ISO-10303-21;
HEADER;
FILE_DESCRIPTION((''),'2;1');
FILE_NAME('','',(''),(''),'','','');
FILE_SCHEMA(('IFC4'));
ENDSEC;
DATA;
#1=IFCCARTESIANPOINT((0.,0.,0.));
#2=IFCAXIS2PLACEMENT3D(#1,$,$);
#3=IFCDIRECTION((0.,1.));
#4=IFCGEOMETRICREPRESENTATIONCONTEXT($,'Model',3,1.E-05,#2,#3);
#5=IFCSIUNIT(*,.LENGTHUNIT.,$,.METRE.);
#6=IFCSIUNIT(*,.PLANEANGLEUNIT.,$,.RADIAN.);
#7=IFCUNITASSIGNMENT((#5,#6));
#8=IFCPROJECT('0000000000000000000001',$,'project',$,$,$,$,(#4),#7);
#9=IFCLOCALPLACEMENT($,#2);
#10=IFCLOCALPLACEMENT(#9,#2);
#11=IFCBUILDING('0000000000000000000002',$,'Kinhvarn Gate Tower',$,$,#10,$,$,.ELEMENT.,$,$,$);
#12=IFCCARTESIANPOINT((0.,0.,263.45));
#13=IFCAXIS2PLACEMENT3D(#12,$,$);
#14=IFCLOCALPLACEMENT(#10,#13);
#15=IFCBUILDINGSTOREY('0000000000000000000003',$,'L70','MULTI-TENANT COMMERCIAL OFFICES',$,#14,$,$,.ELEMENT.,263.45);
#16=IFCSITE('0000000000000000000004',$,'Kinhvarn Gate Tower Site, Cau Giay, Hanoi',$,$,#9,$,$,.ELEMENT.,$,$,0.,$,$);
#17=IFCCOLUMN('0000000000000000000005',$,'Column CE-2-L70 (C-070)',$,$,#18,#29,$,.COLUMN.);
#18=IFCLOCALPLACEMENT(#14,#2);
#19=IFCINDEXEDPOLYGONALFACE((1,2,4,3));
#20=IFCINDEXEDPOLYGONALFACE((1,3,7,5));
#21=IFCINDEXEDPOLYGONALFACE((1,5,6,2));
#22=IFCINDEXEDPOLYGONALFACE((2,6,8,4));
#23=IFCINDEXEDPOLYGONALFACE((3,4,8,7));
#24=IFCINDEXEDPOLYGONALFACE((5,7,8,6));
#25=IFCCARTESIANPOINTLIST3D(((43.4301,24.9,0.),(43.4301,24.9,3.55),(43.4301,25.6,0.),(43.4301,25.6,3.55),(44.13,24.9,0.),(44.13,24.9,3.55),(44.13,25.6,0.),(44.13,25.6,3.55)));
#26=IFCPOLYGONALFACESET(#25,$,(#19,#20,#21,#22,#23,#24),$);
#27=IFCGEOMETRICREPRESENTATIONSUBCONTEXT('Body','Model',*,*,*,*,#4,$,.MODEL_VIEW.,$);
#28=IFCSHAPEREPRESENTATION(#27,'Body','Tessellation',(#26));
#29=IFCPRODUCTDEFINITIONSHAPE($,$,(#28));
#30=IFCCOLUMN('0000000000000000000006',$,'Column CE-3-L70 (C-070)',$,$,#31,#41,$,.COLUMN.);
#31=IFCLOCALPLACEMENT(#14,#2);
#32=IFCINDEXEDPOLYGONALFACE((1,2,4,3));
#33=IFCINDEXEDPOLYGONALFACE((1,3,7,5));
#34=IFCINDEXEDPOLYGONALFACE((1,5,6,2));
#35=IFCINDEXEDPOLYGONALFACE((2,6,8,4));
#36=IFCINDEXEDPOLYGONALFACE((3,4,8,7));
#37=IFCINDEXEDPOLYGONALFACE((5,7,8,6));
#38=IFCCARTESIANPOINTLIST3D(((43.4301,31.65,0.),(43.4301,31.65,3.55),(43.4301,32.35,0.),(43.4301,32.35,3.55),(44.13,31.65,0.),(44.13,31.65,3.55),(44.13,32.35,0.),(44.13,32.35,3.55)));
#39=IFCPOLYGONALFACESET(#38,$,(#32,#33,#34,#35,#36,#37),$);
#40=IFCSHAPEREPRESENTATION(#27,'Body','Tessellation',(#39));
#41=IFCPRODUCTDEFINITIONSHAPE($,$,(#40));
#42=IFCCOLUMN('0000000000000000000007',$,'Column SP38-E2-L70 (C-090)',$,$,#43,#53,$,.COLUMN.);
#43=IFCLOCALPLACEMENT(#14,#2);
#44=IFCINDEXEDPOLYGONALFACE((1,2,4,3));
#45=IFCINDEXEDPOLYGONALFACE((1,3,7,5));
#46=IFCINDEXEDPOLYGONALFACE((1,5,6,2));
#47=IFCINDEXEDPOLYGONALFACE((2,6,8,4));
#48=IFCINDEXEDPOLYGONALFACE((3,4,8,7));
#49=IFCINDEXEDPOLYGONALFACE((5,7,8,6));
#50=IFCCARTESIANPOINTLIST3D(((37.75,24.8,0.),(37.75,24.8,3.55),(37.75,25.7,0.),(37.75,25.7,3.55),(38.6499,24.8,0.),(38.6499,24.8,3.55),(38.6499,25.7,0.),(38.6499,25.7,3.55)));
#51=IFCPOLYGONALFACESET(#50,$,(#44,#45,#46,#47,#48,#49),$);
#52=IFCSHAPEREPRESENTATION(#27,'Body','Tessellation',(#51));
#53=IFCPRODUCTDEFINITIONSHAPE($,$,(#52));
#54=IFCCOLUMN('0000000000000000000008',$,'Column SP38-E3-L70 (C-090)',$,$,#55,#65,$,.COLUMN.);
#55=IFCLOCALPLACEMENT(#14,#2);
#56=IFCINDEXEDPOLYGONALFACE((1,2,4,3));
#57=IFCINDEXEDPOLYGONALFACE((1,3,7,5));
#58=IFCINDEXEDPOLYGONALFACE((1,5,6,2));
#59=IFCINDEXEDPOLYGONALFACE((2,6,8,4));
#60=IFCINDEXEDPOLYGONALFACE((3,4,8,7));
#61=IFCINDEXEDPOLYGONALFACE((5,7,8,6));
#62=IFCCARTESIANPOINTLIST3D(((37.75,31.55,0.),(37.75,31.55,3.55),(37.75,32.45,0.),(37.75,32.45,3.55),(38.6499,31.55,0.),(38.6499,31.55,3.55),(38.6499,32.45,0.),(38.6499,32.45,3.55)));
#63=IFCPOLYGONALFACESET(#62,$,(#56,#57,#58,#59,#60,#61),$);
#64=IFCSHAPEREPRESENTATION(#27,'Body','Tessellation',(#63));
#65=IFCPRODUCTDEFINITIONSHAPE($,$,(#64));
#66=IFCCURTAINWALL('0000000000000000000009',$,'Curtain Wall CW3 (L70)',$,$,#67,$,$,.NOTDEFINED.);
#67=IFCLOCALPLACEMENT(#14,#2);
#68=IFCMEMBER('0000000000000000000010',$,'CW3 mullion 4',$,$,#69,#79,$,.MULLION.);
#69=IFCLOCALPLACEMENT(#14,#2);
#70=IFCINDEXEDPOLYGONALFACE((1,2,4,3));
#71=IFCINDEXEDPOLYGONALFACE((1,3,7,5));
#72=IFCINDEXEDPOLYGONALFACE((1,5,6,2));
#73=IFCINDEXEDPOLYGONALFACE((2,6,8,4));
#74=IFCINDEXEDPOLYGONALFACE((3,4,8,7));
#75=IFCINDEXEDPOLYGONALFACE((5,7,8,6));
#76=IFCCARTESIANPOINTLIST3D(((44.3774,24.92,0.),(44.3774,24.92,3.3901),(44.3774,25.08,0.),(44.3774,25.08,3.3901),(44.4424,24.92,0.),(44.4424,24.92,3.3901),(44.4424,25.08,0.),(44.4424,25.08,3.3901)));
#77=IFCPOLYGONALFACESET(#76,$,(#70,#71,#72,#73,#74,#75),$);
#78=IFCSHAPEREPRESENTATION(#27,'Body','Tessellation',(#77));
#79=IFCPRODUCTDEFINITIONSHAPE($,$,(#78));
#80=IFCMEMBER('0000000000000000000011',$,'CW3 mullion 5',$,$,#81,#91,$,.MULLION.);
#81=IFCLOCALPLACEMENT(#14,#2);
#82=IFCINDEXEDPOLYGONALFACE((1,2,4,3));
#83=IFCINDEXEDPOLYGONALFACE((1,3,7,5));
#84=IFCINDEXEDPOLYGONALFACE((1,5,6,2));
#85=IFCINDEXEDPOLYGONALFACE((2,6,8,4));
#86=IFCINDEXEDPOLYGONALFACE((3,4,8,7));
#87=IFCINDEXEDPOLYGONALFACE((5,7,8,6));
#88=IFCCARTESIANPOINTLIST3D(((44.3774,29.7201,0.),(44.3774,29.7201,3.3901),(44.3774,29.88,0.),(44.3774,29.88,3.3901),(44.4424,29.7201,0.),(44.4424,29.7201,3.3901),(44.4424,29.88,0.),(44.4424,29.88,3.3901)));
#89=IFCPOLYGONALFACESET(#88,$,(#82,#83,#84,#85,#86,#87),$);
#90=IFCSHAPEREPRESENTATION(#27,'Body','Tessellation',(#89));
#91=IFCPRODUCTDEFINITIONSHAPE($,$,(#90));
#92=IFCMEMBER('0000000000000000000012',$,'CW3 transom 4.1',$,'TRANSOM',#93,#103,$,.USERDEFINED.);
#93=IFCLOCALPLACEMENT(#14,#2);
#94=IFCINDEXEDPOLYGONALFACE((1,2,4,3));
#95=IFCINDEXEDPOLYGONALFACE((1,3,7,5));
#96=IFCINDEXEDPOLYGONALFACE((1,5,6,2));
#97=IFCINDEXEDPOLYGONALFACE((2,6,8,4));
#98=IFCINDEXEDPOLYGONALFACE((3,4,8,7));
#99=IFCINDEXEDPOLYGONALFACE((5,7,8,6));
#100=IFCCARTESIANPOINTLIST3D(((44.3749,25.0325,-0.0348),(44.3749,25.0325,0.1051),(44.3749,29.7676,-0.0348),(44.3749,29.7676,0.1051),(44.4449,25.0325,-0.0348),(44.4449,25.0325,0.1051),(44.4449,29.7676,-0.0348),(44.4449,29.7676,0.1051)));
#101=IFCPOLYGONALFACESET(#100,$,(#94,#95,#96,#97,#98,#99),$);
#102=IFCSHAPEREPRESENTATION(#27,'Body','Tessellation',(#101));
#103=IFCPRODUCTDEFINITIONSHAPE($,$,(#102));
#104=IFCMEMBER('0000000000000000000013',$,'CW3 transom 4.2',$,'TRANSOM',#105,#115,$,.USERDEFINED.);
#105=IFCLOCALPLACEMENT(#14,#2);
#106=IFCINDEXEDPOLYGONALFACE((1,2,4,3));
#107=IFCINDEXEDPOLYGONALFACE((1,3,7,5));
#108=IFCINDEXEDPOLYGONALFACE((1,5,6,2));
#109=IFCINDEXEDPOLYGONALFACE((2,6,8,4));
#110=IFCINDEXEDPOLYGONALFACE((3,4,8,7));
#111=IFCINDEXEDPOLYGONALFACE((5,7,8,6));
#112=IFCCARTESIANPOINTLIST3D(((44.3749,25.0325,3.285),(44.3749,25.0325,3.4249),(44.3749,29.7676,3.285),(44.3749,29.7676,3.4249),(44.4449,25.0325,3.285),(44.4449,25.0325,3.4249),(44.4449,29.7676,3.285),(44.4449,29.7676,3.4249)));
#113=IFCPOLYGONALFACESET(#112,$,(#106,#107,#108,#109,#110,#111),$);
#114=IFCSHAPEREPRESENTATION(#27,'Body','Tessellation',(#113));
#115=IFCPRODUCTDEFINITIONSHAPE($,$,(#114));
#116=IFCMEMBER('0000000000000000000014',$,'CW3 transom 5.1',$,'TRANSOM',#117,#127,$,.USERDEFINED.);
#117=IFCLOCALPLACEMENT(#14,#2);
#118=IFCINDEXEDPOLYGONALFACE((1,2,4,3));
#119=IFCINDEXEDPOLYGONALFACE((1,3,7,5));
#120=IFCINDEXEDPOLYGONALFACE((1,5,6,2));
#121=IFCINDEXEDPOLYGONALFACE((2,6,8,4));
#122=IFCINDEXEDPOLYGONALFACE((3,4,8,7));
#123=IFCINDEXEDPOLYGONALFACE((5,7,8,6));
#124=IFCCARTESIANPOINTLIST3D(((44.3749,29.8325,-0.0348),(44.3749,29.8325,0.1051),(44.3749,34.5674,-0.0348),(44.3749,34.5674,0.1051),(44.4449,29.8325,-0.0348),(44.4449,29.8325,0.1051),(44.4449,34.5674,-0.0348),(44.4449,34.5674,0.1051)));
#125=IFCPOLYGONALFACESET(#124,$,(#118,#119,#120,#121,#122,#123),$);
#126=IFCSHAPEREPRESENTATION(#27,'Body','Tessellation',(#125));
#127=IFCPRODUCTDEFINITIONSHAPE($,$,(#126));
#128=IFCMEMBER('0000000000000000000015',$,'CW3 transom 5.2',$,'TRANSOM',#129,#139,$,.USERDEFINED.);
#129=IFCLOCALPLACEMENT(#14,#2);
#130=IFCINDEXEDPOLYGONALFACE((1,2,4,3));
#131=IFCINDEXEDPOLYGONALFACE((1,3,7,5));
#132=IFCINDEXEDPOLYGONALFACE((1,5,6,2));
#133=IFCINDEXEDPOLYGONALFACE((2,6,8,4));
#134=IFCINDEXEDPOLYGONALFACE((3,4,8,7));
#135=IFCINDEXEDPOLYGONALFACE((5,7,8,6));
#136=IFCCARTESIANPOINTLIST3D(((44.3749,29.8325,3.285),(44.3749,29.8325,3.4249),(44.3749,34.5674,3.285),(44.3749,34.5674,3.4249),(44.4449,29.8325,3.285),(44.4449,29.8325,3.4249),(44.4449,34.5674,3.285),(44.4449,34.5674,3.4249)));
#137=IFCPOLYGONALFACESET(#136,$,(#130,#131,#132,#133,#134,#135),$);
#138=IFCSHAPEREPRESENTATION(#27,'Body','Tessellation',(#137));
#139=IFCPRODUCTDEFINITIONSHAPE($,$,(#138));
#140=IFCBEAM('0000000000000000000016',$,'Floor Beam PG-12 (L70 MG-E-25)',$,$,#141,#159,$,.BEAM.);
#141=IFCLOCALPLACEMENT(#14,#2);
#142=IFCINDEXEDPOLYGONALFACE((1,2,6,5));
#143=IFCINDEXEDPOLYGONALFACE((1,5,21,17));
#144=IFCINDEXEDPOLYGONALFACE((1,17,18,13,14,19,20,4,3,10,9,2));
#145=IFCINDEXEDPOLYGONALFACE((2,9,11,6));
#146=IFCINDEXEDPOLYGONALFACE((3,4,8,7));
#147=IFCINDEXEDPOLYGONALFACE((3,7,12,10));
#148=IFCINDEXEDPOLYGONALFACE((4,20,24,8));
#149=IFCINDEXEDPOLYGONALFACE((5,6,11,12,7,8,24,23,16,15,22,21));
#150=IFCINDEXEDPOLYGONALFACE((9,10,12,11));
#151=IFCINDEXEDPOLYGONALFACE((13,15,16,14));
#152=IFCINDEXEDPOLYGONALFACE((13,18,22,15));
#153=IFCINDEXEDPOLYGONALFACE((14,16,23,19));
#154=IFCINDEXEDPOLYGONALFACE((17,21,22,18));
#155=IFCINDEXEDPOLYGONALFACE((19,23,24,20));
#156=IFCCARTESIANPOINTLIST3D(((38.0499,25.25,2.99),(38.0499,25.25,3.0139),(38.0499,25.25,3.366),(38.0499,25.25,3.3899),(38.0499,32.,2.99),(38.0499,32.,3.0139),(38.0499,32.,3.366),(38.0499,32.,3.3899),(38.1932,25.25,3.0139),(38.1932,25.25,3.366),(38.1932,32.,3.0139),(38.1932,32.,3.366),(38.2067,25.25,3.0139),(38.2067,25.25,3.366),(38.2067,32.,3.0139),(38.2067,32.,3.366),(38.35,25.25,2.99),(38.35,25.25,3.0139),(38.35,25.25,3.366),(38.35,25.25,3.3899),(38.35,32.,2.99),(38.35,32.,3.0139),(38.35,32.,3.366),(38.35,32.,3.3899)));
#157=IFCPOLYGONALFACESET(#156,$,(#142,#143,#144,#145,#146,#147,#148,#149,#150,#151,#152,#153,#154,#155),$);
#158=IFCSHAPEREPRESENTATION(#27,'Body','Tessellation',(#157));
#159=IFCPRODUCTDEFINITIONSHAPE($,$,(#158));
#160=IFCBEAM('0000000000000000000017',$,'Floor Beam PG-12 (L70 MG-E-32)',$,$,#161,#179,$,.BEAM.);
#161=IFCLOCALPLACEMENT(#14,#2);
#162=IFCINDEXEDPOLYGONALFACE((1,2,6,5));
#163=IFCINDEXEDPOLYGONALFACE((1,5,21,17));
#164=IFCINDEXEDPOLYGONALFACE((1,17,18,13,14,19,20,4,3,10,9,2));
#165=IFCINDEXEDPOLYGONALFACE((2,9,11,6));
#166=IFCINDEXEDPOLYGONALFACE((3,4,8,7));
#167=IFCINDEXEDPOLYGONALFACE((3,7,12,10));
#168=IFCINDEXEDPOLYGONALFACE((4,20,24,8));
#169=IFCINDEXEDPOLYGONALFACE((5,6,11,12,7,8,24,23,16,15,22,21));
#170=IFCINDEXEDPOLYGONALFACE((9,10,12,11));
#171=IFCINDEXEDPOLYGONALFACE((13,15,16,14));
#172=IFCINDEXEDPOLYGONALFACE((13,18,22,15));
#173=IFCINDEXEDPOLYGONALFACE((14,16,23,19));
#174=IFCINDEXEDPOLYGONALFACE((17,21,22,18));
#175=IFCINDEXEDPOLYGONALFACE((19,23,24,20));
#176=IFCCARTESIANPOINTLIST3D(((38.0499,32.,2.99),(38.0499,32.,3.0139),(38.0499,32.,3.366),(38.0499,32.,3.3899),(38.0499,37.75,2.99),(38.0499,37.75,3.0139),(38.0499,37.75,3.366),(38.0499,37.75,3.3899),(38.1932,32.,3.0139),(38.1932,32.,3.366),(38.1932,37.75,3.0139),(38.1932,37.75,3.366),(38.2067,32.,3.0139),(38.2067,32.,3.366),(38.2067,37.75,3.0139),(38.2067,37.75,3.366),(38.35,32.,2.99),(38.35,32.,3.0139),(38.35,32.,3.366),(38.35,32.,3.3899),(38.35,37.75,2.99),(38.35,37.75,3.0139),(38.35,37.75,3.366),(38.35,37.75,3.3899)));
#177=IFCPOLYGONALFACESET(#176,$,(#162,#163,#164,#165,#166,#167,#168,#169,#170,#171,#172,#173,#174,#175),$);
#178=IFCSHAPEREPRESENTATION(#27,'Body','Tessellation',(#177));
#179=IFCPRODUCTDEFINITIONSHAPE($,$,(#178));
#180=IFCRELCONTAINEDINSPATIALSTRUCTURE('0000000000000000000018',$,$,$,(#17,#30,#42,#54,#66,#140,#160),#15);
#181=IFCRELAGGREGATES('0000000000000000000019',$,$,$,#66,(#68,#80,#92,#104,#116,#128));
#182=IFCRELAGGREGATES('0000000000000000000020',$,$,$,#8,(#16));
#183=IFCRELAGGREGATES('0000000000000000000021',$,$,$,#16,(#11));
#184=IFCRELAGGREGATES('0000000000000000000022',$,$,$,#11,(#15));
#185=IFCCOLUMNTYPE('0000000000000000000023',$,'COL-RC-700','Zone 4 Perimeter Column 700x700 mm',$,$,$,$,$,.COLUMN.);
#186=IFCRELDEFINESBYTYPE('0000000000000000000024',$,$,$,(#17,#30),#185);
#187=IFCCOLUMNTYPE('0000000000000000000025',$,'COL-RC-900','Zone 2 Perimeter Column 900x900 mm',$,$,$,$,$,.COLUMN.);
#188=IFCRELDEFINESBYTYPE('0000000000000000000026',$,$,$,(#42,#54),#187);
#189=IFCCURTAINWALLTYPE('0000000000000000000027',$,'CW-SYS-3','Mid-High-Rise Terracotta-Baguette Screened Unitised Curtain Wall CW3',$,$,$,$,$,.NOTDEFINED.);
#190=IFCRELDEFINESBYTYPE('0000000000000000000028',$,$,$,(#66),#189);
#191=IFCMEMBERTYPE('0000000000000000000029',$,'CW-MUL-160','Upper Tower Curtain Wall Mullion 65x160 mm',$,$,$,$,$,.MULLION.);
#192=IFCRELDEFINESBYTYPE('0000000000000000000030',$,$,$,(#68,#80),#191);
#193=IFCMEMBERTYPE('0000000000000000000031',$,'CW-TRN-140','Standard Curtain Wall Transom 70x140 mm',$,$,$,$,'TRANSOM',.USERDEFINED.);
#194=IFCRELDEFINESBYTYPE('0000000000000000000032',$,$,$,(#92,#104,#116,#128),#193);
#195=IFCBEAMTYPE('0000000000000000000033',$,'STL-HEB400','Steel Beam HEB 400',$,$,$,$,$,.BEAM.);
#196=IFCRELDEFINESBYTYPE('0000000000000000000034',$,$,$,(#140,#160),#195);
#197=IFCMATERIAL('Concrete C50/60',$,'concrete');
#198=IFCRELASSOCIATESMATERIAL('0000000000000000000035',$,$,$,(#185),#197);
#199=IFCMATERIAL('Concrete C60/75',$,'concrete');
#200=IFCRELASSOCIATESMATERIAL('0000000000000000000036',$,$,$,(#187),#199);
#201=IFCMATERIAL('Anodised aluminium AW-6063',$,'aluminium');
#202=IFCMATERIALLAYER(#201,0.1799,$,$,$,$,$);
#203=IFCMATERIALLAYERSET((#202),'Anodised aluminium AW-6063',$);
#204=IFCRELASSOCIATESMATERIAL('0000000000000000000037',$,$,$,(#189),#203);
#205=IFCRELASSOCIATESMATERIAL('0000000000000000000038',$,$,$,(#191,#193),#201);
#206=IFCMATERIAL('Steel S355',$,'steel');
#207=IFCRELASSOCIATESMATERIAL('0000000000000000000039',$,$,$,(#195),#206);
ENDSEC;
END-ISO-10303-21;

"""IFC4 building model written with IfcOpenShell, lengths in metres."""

from ifc_helpers import new_model, si_unit, direction, frame, origin, origin_2d, place, context, subcontext, project, spatial, rectangle, i_section, extrude, material, layer, layer_set, material_profile, profile_set, type_object, element, aggregate, save


model = new_model("IFC4")

# Units and contexts
model_context = context("Model", 3, precision=1e-05, world=origin(), true_north=direction((0.0, 1.0)))
body_context = subcontext(model_context, "Body", "Model", "MODEL_VIEW")
ifc_project = project(units=[si_unit("LENGTHUNIT", "METRE"), si_unit("PLANEANGLEUNIT", "RADIAN")], contexts=[model_context])

# Site, building, storey
site_placement = place(None, origin())
site = spatial("IfcSite", under=ifc_project, at=site_placement, Name="Kinhvarn Gate Tower Site, Cau Giay, Hanoi", CompositionType="ELEMENT", RefElevation=0.0)
building_placement = place(site_placement, origin())
building = spatial("IfcBuilding", under=site, at=building_placement, Name="Kinhvarn Gate Tower", CompositionType="ELEMENT")
storey_placement = place(building_placement, frame((0.0, 0.0, 263.45)))
storey = spatial("IfcBuildingStorey", under=building, at=storey_placement, Name="L70", Description="MULTI-TENANT COMMERCIAL OFFICES", CompositionType="ELEMENT", Elevation=263.45)

# Columns
ifc_material_1 = material(Name="Concrete C50/60", Category="concrete")
ifc_material_profile_1 = material_profile(ifc_material_1, rectangle(XDim=0.7, YDim=0.7, at=origin_2d()), Name="RC 700x700")
ifc_profile_set_1 = profile_set([ifc_material_profile_1], Name="Concrete C50/60")
column_type_1 = type_object("IfcColumnType", Name="COL-RC-700", Description="Zone 4 Perimeter Column 700x700 mm", PredefinedType="COLUMN", material=ifc_profile_set_1)
for number, where, z_axis, x_axis, name in (
    (1, (43.78, 25.25, 0.0), (0.0, 0.0, 1.0), (1.0, 0.0, 0.0), "Column CE-2-L70 (C-070)"),
    (2, (43.78, 32.0, 0.0), (0.0, 0.0, 1.0), (1.0, 0.0, 0.0), "Column CE-3-L70 (C-070)"),
):
    element("IfcColumn", number, at=place(storey_placement, frame(where, z_axis=z_axis, x_axis=x_axis)), inside=storey, type_object=column_type_1, Name=name, PredefinedType="COLUMN", context=body_context, shape_type="SweptSolid", body=[
        extrude(rectangle(XDim=0.7, YDim=0.7, at=origin_2d()), origin(), (0.0, 0.0, 1.0), 3.55),
    ])
ifc_material_2 = material(Name="Concrete C60/75", Category="concrete")
ifc_material_profile_2 = material_profile(ifc_material_2, rectangle(XDim=0.8999, YDim=0.8999, at=origin_2d()), Name="RC 900x900")
ifc_profile_set_2 = profile_set([ifc_material_profile_2], Name="Concrete C60/75")
column_type_2 = type_object("IfcColumnType", Name="COL-RC-900", Description="Zone 2 Perimeter Column 900x900 mm", PredefinedType="COLUMN", material=ifc_profile_set_2)
for number, where, z_axis, x_axis, name in (
    (3, (38.2, 25.25, 0.0), (0.0, 0.0, 1.0), (1.0, 0.0, 0.0), "Column SP38-E2-L70 (C-090)"),
    (4, (38.2, 32.0, 0.0), (0.0, 0.0, 1.0), (1.0, 0.0, 0.0), "Column SP38-E3-L70 (C-090)"),
):
    element("IfcColumn", number, at=place(storey_placement, frame(where, z_axis=z_axis, x_axis=x_axis)), inside=storey, type_object=column_type_2, Name=name, PredefinedType="COLUMN", context=body_context, shape_type="SweptSolid", body=[
        extrude(rectangle(XDim=0.8999, YDim=0.8999, at=origin_2d()), origin(), (0.0, 0.0, 1.0), 3.55),
    ])

# Curtain wall, members
ifc_material_3 = material(Name="Anodised aluminium AW-6063", Category="aluminium")
ifc_layer_1 = layer(ifc_material_3, 0.1799)
ifc_layer_set_1 = layer_set([ifc_layer_1], Name="Anodised aluminium AW-6063")
curtain_wall_type = type_object("IfcCurtainWallType", Name="CW-SYS-3", Description="Mid-High-Rise Terracotta-Baguette Screened Unitised Curtain Wall CW3", PredefinedType="NOTDEFINED", material=ifc_layer_set_1)
curtain_wall_placement = place(storey_placement, origin())
curtain_wall = element("IfcCurtainWall", 5, at=curtain_wall_placement, inside=storey, type_object=curtain_wall_type, Name="Curtain Wall CW3 (L70)", PredefinedType="NOTDEFINED")
ifc_material_profile_3 = material_profile(ifc_material_3, rectangle(XDim=0.0649, YDim=0.1599, at=origin_2d()), Name="ALU 65x160")
ifc_profile_set_3 = profile_set([ifc_material_profile_3], Name="Anodised aluminium AW-6063")
member_type_1 = type_object("IfcMemberType", Name="CW-MUL-160", Description="Upper Tower Curtain Wall Mullion 65x160 mm", PredefinedType="MULLION", material=ifc_profile_set_3)
member_1_placement = place(storey_placement, frame((44.4099, 25.0, 0.0), z_axis=(0.0, 0.0, 1.0), x_axis=(-1.0, 0.0, 0.0)))
member_1 = element("IfcMember", 6, at=member_1_placement, type_object=member_type_1, Name="CW3 mullion 4", PredefinedType="MULLION", context=body_context, shape_type="SweptSolid", body=[
    extrude(rectangle(XDim=0.0649, YDim=0.1599, at=origin_2d()), origin(), (0.0, 0.0, 1.0), 3.3901),
])
member_2_placement = place(storey_placement, frame((44.4099, 29.8, 0.0), z_axis=(0.0, 0.0, 1.0), x_axis=(-1.0, 0.0, 0.0)))
member_2 = element("IfcMember", 7, at=member_2_placement, type_object=member_type_1, Name="CW3 mullion 5", PredefinedType="MULLION", context=body_context, shape_type="SweptSolid", body=[
    extrude(rectangle(XDim=0.0649, YDim=0.1599, at=origin_2d()), origin(), (0.0, 0.0, 1.0), 3.3901),
])
ifc_material_profile_4 = material_profile(ifc_material_3, rectangle(XDim=0.0701, YDim=0.1399, at=origin_2d()), Name="ALU 70x140")
ifc_profile_set_4 = profile_set([ifc_material_profile_4], Name="Anodised aluminium AW-6063")
member_type_2 = type_object("IfcMemberType", Name="CW-TRN-140", Description="Standard Curtain Wall Transom 70x140 mm", ElementType="TRANSOM", PredefinedType="USERDEFINED", material=ifc_profile_set_4)
member_3_placement = place(storey_placement, frame((44.4099, 25.0325, 0.0352), z_axis=(0.0, 1.0, 0.0), x_axis=(-1.0, 0.0, 0.0)))
member_3 = element("IfcMember", 8, at=member_3_placement, type_object=member_type_2, Name="CW3 transom 4.1", ObjectType="TRANSOM", PredefinedType="USERDEFINED", context=body_context, shape_type="SweptSolid", body=[
    extrude(rectangle(XDim=0.0701, YDim=0.1399, at=origin_2d()), origin(), (0.0, 0.0, 1.0), 4.7351),
])
member_4_placement = place(storey_placement, frame((44.4099, 25.0325, 3.355), z_axis=(0.0, 1.0, 0.0), x_axis=(-1.0, 0.0, 0.0)))
member_4 = element("IfcMember", 9, at=member_4_placement, type_object=member_type_2, Name="CW3 transom 4.2", ObjectType="TRANSOM", PredefinedType="USERDEFINED", context=body_context, shape_type="SweptSolid", body=[
    extrude(rectangle(XDim=0.0701, YDim=0.1399, at=origin_2d()), origin(), (0.0, 0.0, 1.0), 4.7351),
])
member_5_placement = place(storey_placement, frame((44.4099, 29.8325, 0.0352), z_axis=(0.0, 1.0, 0.0), x_axis=(-1.0, 0.0, 0.0)))
member_5 = element("IfcMember", 10, at=member_5_placement, type_object=member_type_2, Name="CW3 transom 5.1", ObjectType="TRANSOM", PredefinedType="USERDEFINED", context=body_context, shape_type="SweptSolid", body=[
    extrude(rectangle(XDim=0.0701, YDim=0.1399, at=origin_2d()), origin(), (0.0, 0.0, 1.0), 4.7349),
])
member_6_placement = place(storey_placement, frame((44.4099, 29.8325, 3.355), z_axis=(0.0, 1.0, 0.0), x_axis=(-1.0, 0.0, 0.0)))
member_6 = element("IfcMember", 11, at=member_6_placement, type_object=member_type_2, Name="CW3 transom 5.2", ObjectType="TRANSOM", PredefinedType="USERDEFINED", context=body_context, shape_type="SweptSolid", body=[
    extrude(rectangle(XDim=0.0701, YDim=0.1399, at=origin_2d()), origin(), (0.0, 0.0, 1.0), 4.7349),
])

# Beams
ifc_material_4 = material(Name="Steel S355", Category="steel")
ifc_material_profile_5 = material_profile(ifc_material_4, i_section(OverallWidth=0.3, OverallDepth=0.3999, WebThickness=0.0134, FlangeThickness=0.0239, at=origin_2d()), Name="HEB 400")
ifc_profile_set_5 = profile_set([ifc_material_profile_5], Name="Steel S355")
beam_type_1 = type_object("IfcBeamType", Name="STL-HEB400", Description="Steel Beam HEB 400", PredefinedType="BEAM", material=ifc_profile_set_5)
beam_1_placement = place(storey_placement, frame((38.2, 25.25, 3.1899), z_axis=(0.0, 1.0, 0.0), x_axis=(-1.0, 0.0, 0.0)))
element("IfcBeam", 12, at=beam_1_placement, inside=storey, type_object=beam_type_1, Name="Floor Beam PG-12 (L70 MG-E-25)", PredefinedType="BEAM", context=body_context, shape_type="SweptSolid", body=[
    extrude(i_section(OverallWidth=0.3, OverallDepth=0.3999, WebThickness=0.0134, FlangeThickness=0.0239, at=origin_2d()), origin(), (0.0, 0.0, 1.0), 6.75),
])
beam_2_placement = place(storey_placement, frame((38.2, 32.0, 3.1899), z_axis=(0.0, 1.0, 0.0), x_axis=(-1.0, 0.0, 0.0)))
element("IfcBeam", 13, at=beam_2_placement, inside=storey, type_object=beam_type_1, Name="Floor Beam PG-12 (L70 MG-E-32)", PredefinedType="BEAM", context=body_context, shape_type="SweptSolid", body=[
    extrude(i_section(OverallWidth=0.3, OverallDepth=0.3999, WebThickness=0.0134, FlangeThickness=0.0239, at=origin_2d()), origin(), (0.0, 0.0, 1.0), 5.75),
])

aggregate(curtain_wall, [member_1, member_2, member_3, member_4, member_5, member_6])

save(model, "model.ifc")
